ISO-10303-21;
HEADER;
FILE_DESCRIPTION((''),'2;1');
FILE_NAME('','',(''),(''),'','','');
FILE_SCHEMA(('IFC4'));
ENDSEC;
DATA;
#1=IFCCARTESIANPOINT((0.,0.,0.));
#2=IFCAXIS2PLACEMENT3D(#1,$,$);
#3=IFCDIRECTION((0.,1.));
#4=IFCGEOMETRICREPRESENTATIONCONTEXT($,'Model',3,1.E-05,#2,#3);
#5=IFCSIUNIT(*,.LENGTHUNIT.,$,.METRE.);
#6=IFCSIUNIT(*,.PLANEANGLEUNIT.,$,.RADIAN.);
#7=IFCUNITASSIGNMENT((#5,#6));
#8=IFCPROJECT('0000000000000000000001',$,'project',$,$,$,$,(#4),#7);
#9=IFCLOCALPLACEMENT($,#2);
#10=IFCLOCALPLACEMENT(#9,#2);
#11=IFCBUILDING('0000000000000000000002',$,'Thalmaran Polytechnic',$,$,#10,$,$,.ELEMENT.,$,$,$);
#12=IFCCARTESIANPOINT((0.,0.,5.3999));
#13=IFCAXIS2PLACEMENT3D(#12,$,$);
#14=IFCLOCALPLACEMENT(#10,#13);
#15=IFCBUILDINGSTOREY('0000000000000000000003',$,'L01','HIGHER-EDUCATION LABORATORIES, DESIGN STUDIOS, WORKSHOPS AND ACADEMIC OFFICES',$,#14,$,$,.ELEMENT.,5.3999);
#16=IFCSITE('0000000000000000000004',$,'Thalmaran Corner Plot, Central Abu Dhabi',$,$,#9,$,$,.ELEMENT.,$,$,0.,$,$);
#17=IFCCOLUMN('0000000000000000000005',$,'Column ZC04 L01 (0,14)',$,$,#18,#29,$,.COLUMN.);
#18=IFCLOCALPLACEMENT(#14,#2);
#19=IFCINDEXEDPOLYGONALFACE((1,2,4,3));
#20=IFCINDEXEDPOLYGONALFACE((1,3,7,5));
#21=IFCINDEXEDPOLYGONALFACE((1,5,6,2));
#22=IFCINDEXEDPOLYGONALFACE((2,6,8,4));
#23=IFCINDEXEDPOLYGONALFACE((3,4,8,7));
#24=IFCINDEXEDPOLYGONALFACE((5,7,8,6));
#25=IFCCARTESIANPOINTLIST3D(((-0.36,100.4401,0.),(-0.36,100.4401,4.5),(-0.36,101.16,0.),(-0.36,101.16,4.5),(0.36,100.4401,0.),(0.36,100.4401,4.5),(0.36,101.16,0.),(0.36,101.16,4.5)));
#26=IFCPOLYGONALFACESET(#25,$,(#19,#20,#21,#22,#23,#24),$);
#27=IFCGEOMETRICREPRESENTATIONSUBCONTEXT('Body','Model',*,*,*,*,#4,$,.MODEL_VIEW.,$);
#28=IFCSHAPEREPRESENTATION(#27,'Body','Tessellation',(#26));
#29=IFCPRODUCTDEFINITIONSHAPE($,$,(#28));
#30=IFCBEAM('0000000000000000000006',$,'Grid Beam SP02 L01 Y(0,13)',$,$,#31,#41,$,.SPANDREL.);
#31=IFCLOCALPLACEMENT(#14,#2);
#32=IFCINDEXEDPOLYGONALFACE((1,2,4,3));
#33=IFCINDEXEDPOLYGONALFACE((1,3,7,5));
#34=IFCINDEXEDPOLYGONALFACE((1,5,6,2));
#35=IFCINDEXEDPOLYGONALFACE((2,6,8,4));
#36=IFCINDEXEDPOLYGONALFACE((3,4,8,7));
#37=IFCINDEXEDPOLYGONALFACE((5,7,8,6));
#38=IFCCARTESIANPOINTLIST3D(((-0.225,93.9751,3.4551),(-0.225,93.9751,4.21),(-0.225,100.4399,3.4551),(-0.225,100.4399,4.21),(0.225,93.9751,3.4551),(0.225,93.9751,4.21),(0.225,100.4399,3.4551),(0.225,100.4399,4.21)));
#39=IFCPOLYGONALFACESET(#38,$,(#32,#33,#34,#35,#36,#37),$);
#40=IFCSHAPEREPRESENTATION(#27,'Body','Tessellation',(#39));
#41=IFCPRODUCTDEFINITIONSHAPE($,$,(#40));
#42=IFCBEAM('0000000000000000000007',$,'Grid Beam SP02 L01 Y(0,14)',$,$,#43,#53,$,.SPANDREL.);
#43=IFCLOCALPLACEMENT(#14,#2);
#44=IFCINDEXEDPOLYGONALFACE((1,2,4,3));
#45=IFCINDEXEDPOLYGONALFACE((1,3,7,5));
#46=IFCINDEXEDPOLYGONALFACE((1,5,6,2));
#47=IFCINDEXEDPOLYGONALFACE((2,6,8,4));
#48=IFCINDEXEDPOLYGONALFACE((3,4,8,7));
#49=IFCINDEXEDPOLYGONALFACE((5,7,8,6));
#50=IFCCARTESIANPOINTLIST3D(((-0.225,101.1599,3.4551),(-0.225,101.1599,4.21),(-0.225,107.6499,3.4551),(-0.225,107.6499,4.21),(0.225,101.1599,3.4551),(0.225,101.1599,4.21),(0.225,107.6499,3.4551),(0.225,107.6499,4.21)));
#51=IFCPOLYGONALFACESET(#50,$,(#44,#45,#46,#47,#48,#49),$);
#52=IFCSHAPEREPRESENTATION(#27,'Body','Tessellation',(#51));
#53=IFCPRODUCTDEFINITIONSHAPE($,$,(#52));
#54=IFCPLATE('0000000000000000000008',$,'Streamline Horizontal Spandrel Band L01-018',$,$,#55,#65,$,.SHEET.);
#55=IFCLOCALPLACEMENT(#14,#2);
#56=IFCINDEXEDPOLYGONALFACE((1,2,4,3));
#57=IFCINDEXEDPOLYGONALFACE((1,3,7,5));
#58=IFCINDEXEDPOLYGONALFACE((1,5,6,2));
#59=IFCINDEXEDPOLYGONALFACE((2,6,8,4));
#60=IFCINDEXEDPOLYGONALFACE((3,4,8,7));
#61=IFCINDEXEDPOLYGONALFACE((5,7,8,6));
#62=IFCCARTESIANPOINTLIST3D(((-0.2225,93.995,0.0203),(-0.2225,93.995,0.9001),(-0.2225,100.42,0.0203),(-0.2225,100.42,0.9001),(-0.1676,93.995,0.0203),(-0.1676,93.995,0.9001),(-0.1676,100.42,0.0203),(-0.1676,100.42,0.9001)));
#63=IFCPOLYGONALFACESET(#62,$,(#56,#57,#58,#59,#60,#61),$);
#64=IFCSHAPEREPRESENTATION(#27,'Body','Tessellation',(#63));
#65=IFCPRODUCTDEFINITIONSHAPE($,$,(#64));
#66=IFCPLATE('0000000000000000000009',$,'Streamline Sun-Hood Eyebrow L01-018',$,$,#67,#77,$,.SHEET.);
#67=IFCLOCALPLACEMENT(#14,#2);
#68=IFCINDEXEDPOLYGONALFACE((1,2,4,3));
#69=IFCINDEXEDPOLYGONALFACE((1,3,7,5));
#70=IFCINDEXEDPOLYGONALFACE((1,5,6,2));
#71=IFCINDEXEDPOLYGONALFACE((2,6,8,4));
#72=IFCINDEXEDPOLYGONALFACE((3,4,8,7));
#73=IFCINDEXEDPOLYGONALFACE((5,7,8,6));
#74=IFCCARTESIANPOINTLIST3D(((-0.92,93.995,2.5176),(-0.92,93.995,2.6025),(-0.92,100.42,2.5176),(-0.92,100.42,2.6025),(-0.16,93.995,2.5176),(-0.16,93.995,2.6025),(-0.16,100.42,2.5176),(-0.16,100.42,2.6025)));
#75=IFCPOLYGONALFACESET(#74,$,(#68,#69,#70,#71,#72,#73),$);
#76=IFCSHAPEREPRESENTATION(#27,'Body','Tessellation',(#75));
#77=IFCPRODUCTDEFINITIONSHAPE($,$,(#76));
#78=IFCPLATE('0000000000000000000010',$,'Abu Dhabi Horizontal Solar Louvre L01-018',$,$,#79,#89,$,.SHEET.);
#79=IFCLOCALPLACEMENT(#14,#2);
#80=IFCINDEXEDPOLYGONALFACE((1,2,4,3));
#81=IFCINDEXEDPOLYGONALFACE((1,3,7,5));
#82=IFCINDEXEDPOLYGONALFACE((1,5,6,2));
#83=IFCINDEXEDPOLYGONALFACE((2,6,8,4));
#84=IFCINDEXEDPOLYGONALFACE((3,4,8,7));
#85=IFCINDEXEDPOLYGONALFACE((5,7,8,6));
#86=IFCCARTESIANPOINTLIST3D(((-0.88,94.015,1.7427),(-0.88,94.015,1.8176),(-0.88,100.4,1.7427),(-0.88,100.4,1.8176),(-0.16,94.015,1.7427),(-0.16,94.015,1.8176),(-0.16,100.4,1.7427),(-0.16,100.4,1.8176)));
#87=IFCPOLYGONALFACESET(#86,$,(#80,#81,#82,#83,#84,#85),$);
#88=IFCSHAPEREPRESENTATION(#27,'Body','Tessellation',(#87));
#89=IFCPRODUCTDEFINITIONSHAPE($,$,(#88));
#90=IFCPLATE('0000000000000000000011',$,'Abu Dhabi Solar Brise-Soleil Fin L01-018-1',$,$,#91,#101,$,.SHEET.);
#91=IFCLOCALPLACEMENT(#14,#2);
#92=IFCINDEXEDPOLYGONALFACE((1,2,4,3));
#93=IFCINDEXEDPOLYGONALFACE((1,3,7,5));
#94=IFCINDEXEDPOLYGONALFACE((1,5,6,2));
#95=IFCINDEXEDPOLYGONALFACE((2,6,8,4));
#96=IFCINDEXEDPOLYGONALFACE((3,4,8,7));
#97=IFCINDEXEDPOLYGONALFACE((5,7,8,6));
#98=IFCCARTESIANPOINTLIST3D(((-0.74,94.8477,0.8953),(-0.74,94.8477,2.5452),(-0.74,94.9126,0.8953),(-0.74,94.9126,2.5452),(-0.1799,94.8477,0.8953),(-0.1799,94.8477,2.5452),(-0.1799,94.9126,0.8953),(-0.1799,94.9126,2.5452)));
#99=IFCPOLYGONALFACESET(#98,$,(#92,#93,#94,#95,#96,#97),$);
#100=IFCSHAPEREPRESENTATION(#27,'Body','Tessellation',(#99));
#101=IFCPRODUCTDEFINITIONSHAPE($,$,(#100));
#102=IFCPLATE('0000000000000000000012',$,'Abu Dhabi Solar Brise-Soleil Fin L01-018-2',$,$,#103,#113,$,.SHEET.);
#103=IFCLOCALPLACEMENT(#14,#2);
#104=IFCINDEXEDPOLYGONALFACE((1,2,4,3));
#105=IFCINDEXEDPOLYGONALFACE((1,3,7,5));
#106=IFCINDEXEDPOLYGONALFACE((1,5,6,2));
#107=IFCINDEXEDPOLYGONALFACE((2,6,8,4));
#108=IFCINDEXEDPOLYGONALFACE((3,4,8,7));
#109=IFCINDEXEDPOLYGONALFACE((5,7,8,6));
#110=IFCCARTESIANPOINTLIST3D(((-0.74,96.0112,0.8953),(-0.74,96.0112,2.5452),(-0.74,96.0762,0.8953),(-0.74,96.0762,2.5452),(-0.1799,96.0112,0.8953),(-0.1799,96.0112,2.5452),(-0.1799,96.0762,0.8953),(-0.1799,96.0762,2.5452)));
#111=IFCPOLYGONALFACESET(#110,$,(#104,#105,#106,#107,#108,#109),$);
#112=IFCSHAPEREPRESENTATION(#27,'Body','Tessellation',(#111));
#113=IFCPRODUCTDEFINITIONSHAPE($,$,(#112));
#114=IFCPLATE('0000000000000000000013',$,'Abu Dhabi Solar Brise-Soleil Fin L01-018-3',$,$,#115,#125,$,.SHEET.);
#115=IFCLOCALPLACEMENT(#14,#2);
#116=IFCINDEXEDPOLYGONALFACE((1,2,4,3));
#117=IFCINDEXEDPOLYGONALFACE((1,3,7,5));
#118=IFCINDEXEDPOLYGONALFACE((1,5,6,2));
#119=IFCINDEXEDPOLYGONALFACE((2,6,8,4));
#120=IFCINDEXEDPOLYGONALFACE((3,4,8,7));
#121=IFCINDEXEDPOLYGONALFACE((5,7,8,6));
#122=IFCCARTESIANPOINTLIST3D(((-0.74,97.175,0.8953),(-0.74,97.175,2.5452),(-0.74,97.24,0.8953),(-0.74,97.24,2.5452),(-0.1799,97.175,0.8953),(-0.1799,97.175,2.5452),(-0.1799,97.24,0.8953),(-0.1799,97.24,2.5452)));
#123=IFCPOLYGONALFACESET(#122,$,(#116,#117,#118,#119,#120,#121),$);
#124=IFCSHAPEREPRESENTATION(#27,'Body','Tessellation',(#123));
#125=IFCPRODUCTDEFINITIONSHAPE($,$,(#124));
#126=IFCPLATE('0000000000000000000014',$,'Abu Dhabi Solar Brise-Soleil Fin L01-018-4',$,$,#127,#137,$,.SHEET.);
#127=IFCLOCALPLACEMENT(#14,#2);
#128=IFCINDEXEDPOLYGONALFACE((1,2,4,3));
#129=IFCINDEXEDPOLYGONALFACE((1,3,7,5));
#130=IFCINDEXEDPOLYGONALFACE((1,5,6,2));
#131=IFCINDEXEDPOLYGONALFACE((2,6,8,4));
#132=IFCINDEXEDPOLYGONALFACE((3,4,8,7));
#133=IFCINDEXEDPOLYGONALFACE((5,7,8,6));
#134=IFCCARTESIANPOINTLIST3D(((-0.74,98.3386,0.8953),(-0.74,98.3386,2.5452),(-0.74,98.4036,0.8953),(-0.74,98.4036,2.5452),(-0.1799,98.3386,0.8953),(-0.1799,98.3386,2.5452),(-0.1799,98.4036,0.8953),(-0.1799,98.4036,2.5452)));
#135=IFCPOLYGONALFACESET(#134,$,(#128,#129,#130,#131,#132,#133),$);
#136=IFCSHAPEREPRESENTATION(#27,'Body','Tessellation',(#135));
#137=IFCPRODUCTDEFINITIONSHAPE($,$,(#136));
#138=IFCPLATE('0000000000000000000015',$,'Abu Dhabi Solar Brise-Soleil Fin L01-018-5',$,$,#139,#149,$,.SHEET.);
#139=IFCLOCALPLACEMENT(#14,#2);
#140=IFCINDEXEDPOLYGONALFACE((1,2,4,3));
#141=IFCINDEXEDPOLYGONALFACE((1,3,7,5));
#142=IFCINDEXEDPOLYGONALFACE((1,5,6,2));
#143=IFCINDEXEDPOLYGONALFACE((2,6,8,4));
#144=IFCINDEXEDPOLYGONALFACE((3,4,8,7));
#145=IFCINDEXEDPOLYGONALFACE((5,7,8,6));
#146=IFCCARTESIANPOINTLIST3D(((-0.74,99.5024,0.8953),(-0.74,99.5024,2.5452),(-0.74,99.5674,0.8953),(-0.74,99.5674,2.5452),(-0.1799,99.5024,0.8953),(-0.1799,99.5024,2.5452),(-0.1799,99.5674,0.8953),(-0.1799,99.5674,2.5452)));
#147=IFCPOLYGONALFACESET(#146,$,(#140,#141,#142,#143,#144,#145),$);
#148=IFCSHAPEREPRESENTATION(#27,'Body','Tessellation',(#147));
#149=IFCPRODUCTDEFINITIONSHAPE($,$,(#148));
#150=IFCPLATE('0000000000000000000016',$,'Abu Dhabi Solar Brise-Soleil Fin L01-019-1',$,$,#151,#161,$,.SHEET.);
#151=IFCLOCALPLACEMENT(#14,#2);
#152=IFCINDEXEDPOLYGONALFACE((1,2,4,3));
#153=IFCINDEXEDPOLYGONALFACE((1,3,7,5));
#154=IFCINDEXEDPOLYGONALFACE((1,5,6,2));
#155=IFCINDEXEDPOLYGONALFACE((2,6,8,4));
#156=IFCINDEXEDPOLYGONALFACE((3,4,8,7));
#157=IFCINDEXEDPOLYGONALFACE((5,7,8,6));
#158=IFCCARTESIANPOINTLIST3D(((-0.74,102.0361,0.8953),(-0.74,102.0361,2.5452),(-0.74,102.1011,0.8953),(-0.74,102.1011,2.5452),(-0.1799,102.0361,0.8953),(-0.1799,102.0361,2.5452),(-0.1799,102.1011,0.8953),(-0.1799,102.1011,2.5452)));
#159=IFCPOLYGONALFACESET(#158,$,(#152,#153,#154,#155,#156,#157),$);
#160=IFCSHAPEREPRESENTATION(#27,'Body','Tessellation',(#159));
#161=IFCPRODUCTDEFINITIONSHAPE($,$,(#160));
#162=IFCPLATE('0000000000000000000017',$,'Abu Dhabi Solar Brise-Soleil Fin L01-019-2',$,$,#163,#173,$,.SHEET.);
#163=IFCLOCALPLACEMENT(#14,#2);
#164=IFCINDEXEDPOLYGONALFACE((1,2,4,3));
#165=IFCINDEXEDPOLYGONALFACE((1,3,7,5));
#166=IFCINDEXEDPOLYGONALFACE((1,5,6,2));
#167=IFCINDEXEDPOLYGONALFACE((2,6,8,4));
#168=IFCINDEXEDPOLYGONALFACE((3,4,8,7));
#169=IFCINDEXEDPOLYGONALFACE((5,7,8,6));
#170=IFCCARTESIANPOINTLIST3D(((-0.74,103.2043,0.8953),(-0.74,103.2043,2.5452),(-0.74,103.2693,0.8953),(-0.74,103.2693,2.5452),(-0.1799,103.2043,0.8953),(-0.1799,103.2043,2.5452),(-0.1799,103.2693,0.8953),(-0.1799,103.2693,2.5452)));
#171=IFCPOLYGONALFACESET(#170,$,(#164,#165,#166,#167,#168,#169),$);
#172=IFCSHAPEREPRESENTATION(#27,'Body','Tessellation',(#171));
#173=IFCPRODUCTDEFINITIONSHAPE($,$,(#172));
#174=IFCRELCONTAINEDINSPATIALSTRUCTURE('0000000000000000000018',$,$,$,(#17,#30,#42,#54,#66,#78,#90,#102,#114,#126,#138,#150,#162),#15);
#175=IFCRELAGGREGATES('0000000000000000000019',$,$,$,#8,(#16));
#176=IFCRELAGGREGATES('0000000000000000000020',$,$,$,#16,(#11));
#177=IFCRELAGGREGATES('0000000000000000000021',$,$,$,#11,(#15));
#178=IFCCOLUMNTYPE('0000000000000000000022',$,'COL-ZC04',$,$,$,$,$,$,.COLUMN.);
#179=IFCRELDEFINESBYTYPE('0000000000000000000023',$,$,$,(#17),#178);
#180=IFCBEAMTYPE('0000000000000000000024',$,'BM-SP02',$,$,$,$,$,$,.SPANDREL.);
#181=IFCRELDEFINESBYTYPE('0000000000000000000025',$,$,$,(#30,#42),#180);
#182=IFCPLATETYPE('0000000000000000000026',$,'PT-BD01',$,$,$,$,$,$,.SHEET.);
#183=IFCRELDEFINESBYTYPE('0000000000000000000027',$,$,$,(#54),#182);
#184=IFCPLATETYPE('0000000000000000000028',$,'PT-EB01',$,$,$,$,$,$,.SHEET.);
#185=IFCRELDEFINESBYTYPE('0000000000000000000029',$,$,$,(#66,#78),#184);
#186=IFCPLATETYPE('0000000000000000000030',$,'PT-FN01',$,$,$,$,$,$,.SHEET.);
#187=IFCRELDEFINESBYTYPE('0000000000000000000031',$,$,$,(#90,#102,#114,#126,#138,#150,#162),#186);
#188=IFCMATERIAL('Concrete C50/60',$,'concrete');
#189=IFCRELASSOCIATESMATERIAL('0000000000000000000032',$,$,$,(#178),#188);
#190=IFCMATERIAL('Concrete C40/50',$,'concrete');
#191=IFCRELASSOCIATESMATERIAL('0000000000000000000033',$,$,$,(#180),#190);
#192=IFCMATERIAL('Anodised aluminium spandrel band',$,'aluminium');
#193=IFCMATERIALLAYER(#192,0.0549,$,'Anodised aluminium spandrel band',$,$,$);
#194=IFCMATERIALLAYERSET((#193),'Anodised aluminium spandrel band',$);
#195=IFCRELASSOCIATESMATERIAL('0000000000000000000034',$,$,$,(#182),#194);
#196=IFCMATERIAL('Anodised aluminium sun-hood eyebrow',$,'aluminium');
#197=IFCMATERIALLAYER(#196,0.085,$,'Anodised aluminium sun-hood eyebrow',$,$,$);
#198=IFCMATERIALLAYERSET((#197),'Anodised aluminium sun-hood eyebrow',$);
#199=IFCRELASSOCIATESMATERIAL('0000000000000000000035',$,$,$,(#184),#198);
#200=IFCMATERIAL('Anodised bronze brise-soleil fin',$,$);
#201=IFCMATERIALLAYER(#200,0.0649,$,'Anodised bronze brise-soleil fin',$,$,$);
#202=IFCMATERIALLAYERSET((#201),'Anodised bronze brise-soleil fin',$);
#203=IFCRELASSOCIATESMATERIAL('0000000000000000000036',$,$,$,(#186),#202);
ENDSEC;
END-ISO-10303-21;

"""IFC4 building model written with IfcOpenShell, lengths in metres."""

from ifc_helpers import new_model, si_unit, direction, frame, origin, origin_2d, place, context, subcontext, project, spatial, rectangle, extrude, material, layer, layer_set, material_profile, profile_set, type_object, element, save


model = new_model("IFC4")

# Units and contexts
model_context = context("Model", 3, precision=1e-05, world=origin(), true_north=direction((0.0, 1.0)))
body_context = subcontext(model_context, "Body", "Model", "MODEL_VIEW")
ifc_project = project(units=[si_unit("LENGTHUNIT", "METRE"), si_unit("PLANEANGLEUNIT", "RADIAN")], contexts=[model_context])

# Site, building, storey
site_placement = place(None, origin())
site = spatial("IfcSite", under=ifc_project, at=site_placement, Name="Thalmaran Corner Plot, Central Abu Dhabi", CompositionType="ELEMENT", RefElevation=0.0)
building_placement = place(site_placement, origin())
building = spatial("IfcBuilding", under=site, at=building_placement, Name="Thalmaran Polytechnic", CompositionType="ELEMENT")
storey_placement = place(building_placement, frame((0.0, 0.0, 5.3999)))
storey = spatial("IfcBuildingStorey", under=building, at=storey_placement, Name="L01", Description="HIGHER-EDUCATION LABORATORIES, DESIGN STUDIOS, WORKSHOPS AND ACADEMIC OFFICES", CompositionType="ELEMENT", Elevation=5.3999)

# Column
ifc_material_1 = material(Name="Concrete C50/60", Category="concrete")
ifc_material_profile_1 = material_profile(ifc_material_1, rectangle(XDim=0.72, YDim=0.72, at=origin_2d()), Name="RC 720x720")
ifc_profile_set_1 = profile_set([ifc_material_profile_1], Name="Concrete C50/60")
column_type = type_object("IfcColumnType", Name="COL-ZC04", PredefinedType="COLUMN", material=ifc_profile_set_1)
column_placement = place(storey_placement, frame((0.0, 100.8, 0.0), z_axis=(0.0, 0.0, 1.0), x_axis=(1.0, 0.0, 0.0)))
element("IfcColumn", 1, at=column_placement, inside=storey, type_object=column_type, Name="Column ZC04 L01 (0,14)", PredefinedType="COLUMN", context=body_context, shape_type="SweptSolid", body=[
    extrude(rectangle(XDim=0.72, YDim=0.72, at=origin_2d()), origin(), (0.0, 0.0, 1.0), 4.5),
])

# Beams
ifc_material_2 = material(Name="Concrete C40/50", Category="concrete")
ifc_material_profile_2 = material_profile(ifc_material_2, rectangle(XDim=0.45, YDim=0.7549, at=origin_2d()), Name="RC 450x755")
ifc_profile_set_2 = profile_set([ifc_material_profile_2], Name="Concrete C40/50")
beam_type = type_object("IfcBeamType", Name="BM-SP02", PredefinedType="SPANDREL", material=ifc_profile_set_2)
beam_1_placement = place(storey_placement, frame((0.0, 93.9751, 3.8325), z_axis=(0.0, 1.0, 0.0), x_axis=(-1.0, 0.0, 0.0)))
element("IfcBeam", 2, at=beam_1_placement, inside=storey, type_object=beam_type, Name="Grid Beam SP02 L01 Y(0,13)", PredefinedType="SPANDREL", context=body_context, shape_type="SweptSolid", body=[
    extrude(rectangle(XDim=0.45, YDim=0.7549, at=origin_2d()), origin(), (0.0, 0.0, 1.0), 6.4648),
])
beam_2_placement = place(storey_placement, frame((0.0, 101.1599, 3.8325), z_axis=(0.0, 1.0, 0.0), x_axis=(-1.0, 0.0, 0.0)))
element("IfcBeam", 3, at=beam_2_placement, inside=storey, type_object=beam_type, Name="Grid Beam SP02 L01 Y(0,14)", PredefinedType="SPANDREL", context=body_context, shape_type="SweptSolid", body=[
    extrude(rectangle(XDim=0.45, YDim=0.7549, at=origin_2d()), origin(), (0.0, 0.0, 1.0), 6.49),
])

# Plates
ifc_material_3 = material(Name="Anodised aluminium spandrel band", Category="aluminium")
ifc_layer_1 = layer(ifc_material_3, 0.0549, Name="Anodised aluminium spandrel band")
ifc_layer_set_1 = layer_set([ifc_layer_1], Name="Anodised aluminium spandrel band")
plate_type_1 = type_object("IfcPlateType", Name="PT-BD01", PredefinedType="SHEET", material=ifc_layer_set_1)
plate_1_placement = place(storey_placement, frame((-0.1951, 97.2075, 0.0203), z_axis=(0.0, 0.0, 1.0), x_axis=(0.0, 1.0, 0.0)))
element("IfcPlate", 4, at=plate_1_placement, inside=storey, type_object=plate_type_1, Name="Streamline Horizontal Spandrel Band L01-018", PredefinedType="SHEET", context=body_context, shape_type="SweptSolid", body=[
    extrude(rectangle(XDim=6.425, YDim=0.0549, at=origin_2d()), origin(), (0.0, 0.0, 1.0), 0.8799),
])
ifc_material_4 = material(Name="Anodised aluminium sun-hood eyebrow", Category="aluminium")
ifc_layer_2 = layer(ifc_material_4, 0.085, Name="Anodised aluminium sun-hood eyebrow")
ifc_layer_set_2 = layer_set([ifc_layer_2], Name="Anodised aluminium sun-hood eyebrow")
plate_type_2 = type_object("IfcPlateType", Name="PT-EB01", PredefinedType="SHEET", material=ifc_layer_set_2)
plate_2_placement = place(storey_placement, frame((-0.54, 97.2075, 2.5176), z_axis=(0.0, 0.0, 1.0), x_axis=(0.0, 1.0, 0.0)))
element("IfcPlate", 5, at=plate_2_placement, inside=storey, type_object=plate_type_2, Name="Streamline Sun-Hood Eyebrow L01-018", PredefinedType="SHEET", context=body_context, shape_type="SweptSolid", body=[
    extrude(rectangle(XDim=6.425, YDim=0.76, at=origin_2d()), origin(), (0.0, 0.0, 1.0), 0.085),
])
plate_3_placement = place(storey_placement, frame((-0.52, 97.2075, 1.7427), z_axis=(0.0, 0.0, 1.0), x_axis=(0.0, 1.0, 0.0)))
element("IfcPlate", 6, at=plate_3_placement, inside=storey, type_object=plate_type_2, Name="Abu Dhabi Horizontal Solar Louvre L01-018", PredefinedType="SHEET", context=body_context, shape_type="SweptSolid", body=[
    extrude(rectangle(XDim=6.385, YDim=0.72, at=origin_2d()), origin(), (0.0, 0.0, 1.0), 0.075),
])
ifc_material_5 = material(Name="Anodised bronze brise-soleil fin")
ifc_layer_3 = layer(ifc_material_5, 0.0649, Name="Anodised bronze brise-soleil fin")
ifc_layer_set_3 = layer_set([ifc_layer_3], Name="Anodised bronze brise-soleil fin")
plate_type_3 = type_object("IfcPlateType", Name="PT-FN01", PredefinedType="SHEET", material=ifc_layer_set_3)
for number, where, z_axis, x_axis, name in (
    (7, (-0.46, 94.8801, 0.8953), (0.0, 0.0, 1.0), (0.0, 1.0, 0.0), "Abu Dhabi Solar Brise-Soleil Fin L01-018-1"),
    (8, (-0.46, 96.0437, 0.8953), (0.0, 0.0, 1.0), (0.0, 1.0, 0.0), "Abu Dhabi Solar Brise-Soleil Fin L01-018-2"),
    (9, (-0.46, 97.2075, 0.8953), (0.0, 0.0, 1.0), (0.0, 1.0, 0.0), "Abu Dhabi Solar Brise-Soleil Fin L01-018-3"),
    (10, (-0.46, 98.3711, 0.8953), (0.0, 0.0, 1.0), (0.0, 1.0, 0.0), "Abu Dhabi Solar Brise-Soleil Fin L01-018-4"),
    (11, (-0.46, 99.5349, 0.8953), (0.0, 0.0, 1.0), (0.0, 1.0, 0.0), "Abu Dhabi Solar Brise-Soleil Fin L01-018-5"),
    (12, (-0.46, 102.0686, 0.8953), (0.0, 0.0, 1.0), (0.0, 1.0, 0.0), "Abu Dhabi Solar Brise-Soleil Fin L01-019-1"),
    (13, (-0.46, 103.2368, 0.8953), (0.0, 0.0, 1.0), (0.0, 1.0, 0.0), "Abu Dhabi Solar Brise-Soleil Fin L01-019-2"),
):
    element("IfcPlate", number, at=place(storey_placement, frame(where, z_axis=z_axis, x_axis=x_axis)), inside=storey, type_object=plate_type_3, Name=name, PredefinedType="SHEET", context=body_context, shape_type="SweptSolid", body=[
        extrude(rectangle(XDim=0.0649, YDim=0.5601, at=origin_2d()), origin(), (0.0, 0.0, 1.0), 1.6499),
    ])

save(model, "model.ifc")
